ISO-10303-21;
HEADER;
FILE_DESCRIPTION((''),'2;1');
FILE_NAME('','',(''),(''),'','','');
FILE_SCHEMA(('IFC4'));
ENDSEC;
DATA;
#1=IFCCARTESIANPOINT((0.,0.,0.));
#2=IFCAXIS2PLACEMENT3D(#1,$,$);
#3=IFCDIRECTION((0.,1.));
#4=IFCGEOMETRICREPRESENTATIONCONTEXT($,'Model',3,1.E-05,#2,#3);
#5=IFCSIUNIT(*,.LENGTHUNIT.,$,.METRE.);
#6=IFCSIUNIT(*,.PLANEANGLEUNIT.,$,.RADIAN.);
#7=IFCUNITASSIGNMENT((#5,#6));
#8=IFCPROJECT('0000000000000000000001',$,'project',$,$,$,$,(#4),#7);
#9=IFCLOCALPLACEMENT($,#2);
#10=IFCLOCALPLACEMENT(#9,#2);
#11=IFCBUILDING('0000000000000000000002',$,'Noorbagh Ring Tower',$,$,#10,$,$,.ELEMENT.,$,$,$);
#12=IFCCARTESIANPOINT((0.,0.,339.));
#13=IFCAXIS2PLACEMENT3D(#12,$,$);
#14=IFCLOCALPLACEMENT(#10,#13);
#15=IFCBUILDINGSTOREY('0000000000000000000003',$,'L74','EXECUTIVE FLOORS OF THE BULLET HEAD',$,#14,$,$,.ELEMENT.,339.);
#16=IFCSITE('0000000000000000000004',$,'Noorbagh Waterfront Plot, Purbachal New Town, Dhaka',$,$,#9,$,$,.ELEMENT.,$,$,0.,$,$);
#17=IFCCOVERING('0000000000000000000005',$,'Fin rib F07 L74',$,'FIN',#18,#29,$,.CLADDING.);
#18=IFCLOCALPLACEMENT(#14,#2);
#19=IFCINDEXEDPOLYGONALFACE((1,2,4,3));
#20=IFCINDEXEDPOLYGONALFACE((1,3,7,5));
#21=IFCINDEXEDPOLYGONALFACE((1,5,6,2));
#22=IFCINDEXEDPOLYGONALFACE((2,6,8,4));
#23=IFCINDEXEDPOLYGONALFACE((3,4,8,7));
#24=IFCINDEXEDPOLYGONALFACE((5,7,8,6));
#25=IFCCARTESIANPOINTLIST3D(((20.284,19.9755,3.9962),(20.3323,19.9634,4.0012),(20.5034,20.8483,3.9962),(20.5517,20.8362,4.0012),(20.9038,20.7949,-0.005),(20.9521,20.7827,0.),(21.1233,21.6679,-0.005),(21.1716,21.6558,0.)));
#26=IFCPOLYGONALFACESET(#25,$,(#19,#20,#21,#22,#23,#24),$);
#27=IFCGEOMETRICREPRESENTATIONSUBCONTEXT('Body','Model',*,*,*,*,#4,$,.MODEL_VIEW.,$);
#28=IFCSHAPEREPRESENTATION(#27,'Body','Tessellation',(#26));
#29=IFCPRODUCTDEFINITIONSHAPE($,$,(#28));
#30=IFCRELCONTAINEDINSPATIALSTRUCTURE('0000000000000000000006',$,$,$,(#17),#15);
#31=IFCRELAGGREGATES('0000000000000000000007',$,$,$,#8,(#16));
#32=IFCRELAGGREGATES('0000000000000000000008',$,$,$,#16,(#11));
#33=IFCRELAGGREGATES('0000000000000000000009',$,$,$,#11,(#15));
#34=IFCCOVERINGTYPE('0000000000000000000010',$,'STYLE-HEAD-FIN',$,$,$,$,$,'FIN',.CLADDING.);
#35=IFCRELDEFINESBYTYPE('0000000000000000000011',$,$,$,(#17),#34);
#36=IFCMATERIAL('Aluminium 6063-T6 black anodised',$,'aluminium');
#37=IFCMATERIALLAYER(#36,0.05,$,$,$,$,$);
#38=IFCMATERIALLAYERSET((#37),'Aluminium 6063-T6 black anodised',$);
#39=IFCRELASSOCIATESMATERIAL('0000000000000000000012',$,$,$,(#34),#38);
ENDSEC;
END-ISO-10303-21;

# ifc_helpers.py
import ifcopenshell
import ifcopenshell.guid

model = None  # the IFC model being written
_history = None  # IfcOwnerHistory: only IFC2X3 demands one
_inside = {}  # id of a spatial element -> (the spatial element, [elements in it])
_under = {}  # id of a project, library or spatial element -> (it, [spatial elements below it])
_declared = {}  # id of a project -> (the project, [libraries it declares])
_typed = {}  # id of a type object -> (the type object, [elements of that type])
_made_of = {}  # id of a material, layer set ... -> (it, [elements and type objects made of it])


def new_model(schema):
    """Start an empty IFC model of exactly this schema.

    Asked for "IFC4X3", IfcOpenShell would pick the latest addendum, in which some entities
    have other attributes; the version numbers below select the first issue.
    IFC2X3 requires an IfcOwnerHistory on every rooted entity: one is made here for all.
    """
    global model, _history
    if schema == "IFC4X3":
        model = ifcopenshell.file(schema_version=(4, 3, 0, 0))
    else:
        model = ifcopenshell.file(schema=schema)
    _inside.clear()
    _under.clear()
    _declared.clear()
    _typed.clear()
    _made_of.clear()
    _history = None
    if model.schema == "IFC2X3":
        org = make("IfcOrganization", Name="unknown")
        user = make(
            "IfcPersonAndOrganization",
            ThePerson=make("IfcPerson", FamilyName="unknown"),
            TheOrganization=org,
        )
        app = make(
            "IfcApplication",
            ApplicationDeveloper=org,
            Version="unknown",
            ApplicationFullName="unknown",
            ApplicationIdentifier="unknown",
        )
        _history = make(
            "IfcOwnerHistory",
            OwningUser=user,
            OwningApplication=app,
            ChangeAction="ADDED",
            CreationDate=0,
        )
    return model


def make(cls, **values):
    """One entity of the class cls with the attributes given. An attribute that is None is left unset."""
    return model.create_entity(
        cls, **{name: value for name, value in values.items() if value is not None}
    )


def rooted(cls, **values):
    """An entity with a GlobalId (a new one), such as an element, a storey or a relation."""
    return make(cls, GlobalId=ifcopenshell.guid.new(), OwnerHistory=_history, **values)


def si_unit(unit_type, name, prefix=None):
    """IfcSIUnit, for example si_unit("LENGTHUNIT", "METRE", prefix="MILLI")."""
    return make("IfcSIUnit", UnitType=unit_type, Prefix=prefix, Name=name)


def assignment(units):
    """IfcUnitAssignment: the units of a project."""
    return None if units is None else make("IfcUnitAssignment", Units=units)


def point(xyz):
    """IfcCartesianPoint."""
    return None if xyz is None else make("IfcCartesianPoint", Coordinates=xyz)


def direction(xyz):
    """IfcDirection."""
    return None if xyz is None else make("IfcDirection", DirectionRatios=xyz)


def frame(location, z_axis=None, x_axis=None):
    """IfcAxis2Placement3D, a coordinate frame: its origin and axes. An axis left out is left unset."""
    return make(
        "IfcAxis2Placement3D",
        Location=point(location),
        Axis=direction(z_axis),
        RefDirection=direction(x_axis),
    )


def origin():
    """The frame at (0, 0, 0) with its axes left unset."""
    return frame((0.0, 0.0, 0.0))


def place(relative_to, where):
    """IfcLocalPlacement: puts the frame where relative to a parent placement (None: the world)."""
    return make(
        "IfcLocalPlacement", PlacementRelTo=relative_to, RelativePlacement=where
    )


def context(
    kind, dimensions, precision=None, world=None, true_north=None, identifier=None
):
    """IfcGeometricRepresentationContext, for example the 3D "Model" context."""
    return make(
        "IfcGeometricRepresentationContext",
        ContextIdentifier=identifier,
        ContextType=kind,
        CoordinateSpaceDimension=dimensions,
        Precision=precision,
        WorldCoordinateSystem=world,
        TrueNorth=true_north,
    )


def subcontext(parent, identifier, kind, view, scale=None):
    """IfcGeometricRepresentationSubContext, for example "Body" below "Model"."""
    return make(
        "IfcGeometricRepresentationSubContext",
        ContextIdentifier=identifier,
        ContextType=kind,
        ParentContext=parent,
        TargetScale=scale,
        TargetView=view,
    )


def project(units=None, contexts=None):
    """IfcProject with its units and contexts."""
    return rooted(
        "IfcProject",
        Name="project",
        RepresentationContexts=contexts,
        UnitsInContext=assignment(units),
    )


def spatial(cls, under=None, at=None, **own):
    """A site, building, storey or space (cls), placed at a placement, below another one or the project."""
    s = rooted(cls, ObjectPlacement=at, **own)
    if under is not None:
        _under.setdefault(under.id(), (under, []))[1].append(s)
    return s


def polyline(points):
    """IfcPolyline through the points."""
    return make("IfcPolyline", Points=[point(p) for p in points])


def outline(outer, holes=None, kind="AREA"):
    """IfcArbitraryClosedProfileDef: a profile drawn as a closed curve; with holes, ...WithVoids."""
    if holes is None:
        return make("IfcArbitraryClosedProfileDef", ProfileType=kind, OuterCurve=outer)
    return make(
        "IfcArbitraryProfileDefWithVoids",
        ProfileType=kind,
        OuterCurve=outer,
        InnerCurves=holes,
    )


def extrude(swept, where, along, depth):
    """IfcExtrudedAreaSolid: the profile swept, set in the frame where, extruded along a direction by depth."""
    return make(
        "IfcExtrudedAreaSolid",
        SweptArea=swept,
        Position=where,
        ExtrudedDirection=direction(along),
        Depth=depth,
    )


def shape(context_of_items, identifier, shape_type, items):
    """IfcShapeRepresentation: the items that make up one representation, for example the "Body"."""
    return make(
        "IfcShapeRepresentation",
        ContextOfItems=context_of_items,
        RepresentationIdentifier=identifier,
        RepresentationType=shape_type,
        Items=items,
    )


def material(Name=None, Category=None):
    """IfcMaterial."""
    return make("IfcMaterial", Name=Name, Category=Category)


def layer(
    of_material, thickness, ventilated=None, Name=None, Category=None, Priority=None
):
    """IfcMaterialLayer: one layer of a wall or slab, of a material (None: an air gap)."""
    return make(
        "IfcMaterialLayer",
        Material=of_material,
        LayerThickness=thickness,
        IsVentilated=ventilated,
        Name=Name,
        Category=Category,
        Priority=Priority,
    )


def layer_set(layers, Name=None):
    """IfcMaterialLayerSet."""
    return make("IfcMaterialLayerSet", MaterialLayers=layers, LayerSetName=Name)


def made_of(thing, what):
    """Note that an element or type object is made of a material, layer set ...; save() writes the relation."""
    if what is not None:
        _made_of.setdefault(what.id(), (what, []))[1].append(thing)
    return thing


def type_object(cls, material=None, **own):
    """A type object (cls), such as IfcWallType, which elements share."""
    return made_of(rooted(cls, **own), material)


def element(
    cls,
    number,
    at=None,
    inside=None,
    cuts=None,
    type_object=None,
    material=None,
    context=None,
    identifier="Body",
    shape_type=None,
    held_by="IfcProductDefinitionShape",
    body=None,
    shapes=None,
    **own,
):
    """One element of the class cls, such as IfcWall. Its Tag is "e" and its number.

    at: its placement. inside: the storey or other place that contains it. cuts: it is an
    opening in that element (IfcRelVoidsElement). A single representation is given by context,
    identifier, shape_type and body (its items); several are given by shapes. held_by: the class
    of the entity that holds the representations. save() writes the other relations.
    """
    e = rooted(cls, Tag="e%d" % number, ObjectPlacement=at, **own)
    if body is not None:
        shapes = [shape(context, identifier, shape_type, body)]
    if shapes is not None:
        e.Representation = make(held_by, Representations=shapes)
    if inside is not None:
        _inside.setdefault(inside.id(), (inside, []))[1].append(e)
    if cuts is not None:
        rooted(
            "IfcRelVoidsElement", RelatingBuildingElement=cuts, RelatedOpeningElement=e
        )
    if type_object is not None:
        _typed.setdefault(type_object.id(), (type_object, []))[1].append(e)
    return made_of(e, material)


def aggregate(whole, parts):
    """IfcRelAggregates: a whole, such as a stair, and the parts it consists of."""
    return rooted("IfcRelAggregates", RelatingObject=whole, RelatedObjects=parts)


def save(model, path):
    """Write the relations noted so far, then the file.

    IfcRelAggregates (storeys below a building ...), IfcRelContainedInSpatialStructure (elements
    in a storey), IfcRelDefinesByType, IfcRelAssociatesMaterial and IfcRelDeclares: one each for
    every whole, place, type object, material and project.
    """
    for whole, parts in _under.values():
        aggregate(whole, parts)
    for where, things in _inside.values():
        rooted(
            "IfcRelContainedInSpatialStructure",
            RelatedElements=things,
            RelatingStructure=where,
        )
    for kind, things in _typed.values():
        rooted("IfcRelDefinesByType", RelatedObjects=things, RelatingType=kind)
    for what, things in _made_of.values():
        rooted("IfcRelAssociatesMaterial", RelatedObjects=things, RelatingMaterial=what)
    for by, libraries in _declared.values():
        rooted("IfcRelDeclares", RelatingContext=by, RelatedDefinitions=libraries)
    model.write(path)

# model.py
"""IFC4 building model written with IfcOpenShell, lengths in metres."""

from ifc_helpers import new_model, si_unit, direction, frame, origin, place, context, subcontext, project, spatial, polyline, outline, extrude, material, layer, layer_set, type_object, element, save


model = new_model("IFC4")

# Units and contexts
model_context = context("Model", 3, precision=1e-05, world=origin(), true_north=direction((0.0, 1.0)))
body_context = subcontext(model_context, "Body", "Model", "MODEL_VIEW")
ifc_project = project(units=[si_unit("LENGTHUNIT", "METRE"), si_unit("PLANEANGLEUNIT", "RADIAN")], contexts=[model_context])

# Site, building, storey
site_placement = place(None, origin())
site = spatial("IfcSite", under=ifc_project, at=site_placement, Name="Noorbagh Waterfront Plot, Purbachal New Town, Dhaka", CompositionType="ELEMENT", RefElevation=0.0)
building_placement = place(site_placement, origin())
building = spatial("IfcBuilding", under=site, at=building_placement, Name="Noorbagh Ring Tower", CompositionType="ELEMENT")
storey_placement = place(building_placement, frame((0.0, 0.0, 339.0)))
storey = spatial("IfcBuildingStorey", under=building, at=storey_placement, Name="L74", Description="EXECUTIVE FLOORS OF THE BULLET HEAD", CompositionType="ELEMENT", Elevation=339.0)

# Covering
ifc_material_1 = material(Name="Aluminium 6063-T6 black anodised", Category="aluminium")
ifc_layer_1 = layer(ifc_material_1, 0.05)
ifc_layer_set_1 = layer_set([ifc_layer_1], Name="Aluminium 6063-T6 black anodised")
covering_type_1 = type_object("IfcCoveringType", Name="STYLE-HEAD-FIN", ElementType="FIN", PredefinedType="CLADDING", material=ifc_layer_set_1)
covering_1_placement = place(storey_placement, frame((21.1716, 21.6558, 0.0), z_axis=(0.964972, -0.242626, 0.099804), x_axis=(-0.150058, -0.198393, 0.968567)))
element("IfcCovering", 1, at=covering_1_placement, inside=storey, type_object=covering_type_1, Name="Fin rib F07 L74", ObjectType="FIN", PredefinedType="CLADDING", context=body_context, shape_type="SweptSolid", body=[
    extrude(outline(polyline([(0.0, 0.0), (4.1311, 0.0), (4.3372, 0.8761), (0.2061, 0.8763), (0.0, 0.0)])), origin(), (0.0, 0.0, -1.0), 0.05),
])

save(model, "model.ifc")
